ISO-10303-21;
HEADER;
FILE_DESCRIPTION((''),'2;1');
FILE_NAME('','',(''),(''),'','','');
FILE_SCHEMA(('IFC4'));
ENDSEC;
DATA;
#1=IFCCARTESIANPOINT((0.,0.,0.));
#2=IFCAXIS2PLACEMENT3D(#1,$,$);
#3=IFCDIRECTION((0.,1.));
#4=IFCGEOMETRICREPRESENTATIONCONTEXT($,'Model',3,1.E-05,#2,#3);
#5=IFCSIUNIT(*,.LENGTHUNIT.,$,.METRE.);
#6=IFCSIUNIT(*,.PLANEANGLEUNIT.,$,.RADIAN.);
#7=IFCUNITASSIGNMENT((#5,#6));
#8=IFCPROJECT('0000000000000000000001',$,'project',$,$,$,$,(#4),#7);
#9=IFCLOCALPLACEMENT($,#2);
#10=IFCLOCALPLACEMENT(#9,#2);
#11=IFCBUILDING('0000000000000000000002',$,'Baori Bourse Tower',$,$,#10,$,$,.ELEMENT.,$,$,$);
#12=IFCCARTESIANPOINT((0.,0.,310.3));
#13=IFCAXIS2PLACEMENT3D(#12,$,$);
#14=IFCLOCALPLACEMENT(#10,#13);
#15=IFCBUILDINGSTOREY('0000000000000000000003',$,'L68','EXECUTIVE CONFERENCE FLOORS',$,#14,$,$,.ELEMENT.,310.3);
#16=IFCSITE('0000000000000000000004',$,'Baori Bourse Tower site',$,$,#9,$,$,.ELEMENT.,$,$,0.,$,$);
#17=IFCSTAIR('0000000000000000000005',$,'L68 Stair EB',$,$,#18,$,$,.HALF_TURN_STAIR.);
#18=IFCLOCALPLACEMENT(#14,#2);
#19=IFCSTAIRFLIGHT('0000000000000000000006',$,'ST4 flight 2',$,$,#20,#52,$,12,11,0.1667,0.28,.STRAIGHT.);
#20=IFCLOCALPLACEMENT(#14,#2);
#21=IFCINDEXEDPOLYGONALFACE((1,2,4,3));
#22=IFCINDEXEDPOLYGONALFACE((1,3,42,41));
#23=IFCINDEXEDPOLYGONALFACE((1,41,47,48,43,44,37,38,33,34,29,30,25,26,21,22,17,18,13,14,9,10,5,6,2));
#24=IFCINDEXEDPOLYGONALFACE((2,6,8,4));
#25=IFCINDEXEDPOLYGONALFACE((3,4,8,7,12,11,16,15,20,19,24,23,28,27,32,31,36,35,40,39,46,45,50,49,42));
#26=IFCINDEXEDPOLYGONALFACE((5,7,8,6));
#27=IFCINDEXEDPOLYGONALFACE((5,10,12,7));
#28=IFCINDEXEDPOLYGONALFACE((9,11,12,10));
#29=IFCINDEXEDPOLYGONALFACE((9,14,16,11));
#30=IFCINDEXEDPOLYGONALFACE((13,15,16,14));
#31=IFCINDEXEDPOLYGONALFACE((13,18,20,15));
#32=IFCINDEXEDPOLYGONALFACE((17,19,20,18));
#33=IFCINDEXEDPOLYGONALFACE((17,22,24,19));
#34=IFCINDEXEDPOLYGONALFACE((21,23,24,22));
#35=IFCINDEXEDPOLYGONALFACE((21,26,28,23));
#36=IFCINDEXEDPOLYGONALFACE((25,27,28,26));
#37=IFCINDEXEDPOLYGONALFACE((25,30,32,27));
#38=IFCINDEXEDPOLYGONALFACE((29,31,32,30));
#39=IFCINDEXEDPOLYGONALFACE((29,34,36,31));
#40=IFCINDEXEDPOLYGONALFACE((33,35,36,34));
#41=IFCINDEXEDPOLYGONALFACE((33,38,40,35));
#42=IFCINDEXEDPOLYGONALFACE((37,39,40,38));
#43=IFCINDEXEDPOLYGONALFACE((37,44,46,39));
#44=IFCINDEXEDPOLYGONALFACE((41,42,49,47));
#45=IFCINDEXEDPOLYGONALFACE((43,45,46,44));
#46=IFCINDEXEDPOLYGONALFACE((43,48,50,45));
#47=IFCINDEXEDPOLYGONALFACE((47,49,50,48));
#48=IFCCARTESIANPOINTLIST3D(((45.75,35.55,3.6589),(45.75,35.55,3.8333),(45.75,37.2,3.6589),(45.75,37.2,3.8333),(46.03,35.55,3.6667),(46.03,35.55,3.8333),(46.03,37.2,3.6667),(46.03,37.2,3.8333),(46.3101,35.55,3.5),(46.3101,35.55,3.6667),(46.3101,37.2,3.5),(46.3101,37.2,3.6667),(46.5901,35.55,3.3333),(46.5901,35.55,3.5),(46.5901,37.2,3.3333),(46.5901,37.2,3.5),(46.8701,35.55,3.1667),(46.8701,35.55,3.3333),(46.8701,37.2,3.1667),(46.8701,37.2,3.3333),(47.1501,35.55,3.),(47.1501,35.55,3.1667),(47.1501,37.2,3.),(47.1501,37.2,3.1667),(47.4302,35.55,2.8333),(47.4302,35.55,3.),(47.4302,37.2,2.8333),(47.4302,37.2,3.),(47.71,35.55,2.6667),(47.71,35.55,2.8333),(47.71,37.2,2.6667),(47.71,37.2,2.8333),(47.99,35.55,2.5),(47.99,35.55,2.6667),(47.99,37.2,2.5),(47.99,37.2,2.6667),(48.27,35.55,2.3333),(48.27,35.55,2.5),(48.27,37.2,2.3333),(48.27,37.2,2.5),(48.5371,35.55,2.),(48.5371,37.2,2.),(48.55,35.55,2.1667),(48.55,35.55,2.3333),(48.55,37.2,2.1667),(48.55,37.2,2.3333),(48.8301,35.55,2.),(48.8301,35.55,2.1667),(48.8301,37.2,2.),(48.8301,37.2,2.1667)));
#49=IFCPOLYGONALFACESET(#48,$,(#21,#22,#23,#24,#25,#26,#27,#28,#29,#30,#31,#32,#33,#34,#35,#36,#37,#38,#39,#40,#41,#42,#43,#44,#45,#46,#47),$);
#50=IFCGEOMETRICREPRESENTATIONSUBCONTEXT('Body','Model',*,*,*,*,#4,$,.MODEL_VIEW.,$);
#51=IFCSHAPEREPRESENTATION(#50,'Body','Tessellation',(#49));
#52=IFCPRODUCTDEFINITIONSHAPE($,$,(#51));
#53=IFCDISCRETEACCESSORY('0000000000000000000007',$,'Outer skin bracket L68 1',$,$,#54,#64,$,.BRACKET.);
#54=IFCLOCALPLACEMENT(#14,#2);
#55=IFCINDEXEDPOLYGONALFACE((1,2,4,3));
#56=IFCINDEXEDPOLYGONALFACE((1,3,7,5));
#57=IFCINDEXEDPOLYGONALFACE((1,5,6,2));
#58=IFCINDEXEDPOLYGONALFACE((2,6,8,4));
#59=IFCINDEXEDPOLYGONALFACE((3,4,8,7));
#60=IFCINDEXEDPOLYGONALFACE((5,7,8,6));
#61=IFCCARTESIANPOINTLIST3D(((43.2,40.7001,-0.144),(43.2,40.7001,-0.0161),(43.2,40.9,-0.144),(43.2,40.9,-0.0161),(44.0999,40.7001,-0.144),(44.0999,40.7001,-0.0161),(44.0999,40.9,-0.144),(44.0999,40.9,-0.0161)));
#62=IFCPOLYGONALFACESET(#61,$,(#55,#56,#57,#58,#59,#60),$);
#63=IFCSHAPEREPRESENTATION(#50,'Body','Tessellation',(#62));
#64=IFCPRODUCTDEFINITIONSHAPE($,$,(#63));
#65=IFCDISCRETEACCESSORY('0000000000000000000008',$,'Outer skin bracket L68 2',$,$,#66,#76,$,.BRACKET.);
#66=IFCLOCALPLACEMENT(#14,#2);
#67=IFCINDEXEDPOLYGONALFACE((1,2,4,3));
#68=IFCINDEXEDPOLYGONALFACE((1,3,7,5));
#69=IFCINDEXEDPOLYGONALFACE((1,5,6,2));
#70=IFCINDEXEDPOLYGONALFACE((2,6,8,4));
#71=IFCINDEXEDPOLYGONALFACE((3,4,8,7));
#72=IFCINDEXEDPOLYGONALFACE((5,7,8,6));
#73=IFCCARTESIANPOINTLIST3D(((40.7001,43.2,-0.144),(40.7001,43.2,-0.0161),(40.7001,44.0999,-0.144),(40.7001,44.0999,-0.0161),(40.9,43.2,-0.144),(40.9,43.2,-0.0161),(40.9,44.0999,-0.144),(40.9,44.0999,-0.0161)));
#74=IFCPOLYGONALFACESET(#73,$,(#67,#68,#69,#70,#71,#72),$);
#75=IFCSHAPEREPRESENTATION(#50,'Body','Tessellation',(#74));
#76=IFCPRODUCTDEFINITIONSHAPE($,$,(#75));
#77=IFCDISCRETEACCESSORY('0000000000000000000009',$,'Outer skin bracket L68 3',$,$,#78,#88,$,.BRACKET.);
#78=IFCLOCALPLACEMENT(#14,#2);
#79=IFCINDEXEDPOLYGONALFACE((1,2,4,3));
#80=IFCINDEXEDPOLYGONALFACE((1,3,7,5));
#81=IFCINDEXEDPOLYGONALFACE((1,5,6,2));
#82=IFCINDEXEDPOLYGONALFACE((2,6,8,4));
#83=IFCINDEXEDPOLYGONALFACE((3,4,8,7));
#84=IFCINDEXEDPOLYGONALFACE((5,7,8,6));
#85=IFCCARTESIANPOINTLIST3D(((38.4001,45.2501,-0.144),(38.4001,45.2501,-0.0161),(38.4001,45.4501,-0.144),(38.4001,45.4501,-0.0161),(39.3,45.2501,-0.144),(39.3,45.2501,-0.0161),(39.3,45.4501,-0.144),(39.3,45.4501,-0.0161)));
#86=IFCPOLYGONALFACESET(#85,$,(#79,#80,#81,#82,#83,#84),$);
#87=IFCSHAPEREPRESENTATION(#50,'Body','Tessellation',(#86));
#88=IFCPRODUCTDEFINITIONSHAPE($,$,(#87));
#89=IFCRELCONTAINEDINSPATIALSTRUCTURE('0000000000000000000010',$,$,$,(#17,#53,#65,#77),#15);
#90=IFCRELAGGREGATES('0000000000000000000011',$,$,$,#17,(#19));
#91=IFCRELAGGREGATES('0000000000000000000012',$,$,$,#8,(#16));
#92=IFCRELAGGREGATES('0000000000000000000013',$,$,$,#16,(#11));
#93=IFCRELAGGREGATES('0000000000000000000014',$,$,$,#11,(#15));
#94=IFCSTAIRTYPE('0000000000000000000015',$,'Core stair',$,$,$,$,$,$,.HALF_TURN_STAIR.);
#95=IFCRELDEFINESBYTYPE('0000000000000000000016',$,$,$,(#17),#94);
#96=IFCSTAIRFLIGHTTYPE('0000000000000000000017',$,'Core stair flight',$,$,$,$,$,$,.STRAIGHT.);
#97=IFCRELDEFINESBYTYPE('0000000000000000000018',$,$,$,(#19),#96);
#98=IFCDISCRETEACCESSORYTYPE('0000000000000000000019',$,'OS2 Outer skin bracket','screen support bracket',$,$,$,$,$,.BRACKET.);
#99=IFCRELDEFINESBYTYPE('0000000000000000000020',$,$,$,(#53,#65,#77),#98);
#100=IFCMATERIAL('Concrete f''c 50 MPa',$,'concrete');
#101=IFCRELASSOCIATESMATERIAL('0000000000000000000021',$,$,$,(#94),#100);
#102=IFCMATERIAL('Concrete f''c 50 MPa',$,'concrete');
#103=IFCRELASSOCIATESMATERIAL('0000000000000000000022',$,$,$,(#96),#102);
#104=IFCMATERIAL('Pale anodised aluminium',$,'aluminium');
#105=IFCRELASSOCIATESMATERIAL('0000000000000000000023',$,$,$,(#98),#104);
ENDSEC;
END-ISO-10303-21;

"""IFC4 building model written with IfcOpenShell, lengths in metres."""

from ifc_helpers import new_model, si_unit, direction, frame, origin, origin_2d, place, context, subcontext, project, spatial, polyline, rectangle, outline, extrude, material, type_object, element, aggregate, save


model = new_model("IFC4")

# Units and contexts
model_context = context("Model", 3, precision=1e-05, world=origin(), true_north=direction((0.0, 1.0)))
body_context = subcontext(model_context, "Body", "Model", "MODEL_VIEW")
ifc_project = project(units=[si_unit("LENGTHUNIT", "METRE"), si_unit("PLANEANGLEUNIT", "RADIAN")], contexts=[model_context])

# Site, building, storey
site_placement = place(None, origin())
site = spatial("IfcSite", under=ifc_project, at=site_placement, Name="Baori Bourse Tower site", CompositionType="ELEMENT", RefElevation=0.0)
building_placement = place(site_placement, origin())
building = spatial("IfcBuilding", under=site, at=building_placement, Name="Baori Bourse Tower", CompositionType="ELEMENT")
storey_placement = place(building_placement, frame((0.0, 0.0, 310.3)))
storey = spatial("IfcBuildingStorey", under=building, at=storey_placement, Name="L68", Description="EXECUTIVE CONFERENCE FLOORS", CompositionType="ELEMENT", Elevation=310.3)

# Stair, stair flight
ifc_material_1 = material(Name="Concrete f'c 50 MPa", Category="concrete")
stair_type = type_object("IfcStairType", Name="Core stair", PredefinedType="HALF_TURN_STAIR", material=ifc_material_1)
stair_placement = place(storey_placement, origin())
stair = element("IfcStair", 1, at=stair_placement, inside=storey, type_object=stair_type, Name="L68 Stair EB", PredefinedType="HALF_TURN_STAIR")
ifc_material_2 = material(Name="Concrete f'c 50 MPa", Category="concrete")
stair_flight_type = type_object("IfcStairFlightType", Name="Core stair flight", PredefinedType="STRAIGHT", material=ifc_material_2)
stair_flight_placement = place(storey_placement, frame((48.8301, 36.375, 2.0), z_axis=(0.0, 0.0, 1.0), x_axis=(-1.0, 0.0, 0.0)))
stair_flight = element("IfcStairFlight", 2, at=stair_flight_placement, type_object=stair_flight_type, Name="ST4 flight 2", NumberOfRisers=12, NumberOfTreads=11, PredefinedType="STRAIGHT", RiserHeight=0.1667, TreadLength=0.28, context=body_context, shape_type="SweptSolid", body=[
    extrude(outline(polyline([(0.0, 0.0), (0.0, 0.1667), (0.28, 0.1667), (0.28, 0.3333), (0.5601, 0.3333), (0.5601, 0.5), (0.8401, 0.5), (0.8401, 0.6667), (1.1201, 0.6667), (1.1201, 0.8333), (1.3999, 0.8333), (1.3999, 1.0), (1.6799, 1.0), (1.6799, 1.1667), (1.96, 1.1667), (1.96, 1.3333), (2.24, 1.3333), (2.24, 1.5), (2.52, 1.5), (2.52, 1.6667), (2.8, 1.6667), (2.8, 1.8333), (3.0801, 1.8333), (3.0801, 2.0), (3.0801, 1.6589), (0.293, 0.0), (0.0, 0.0)])), frame((0.0, 0.825, 0.0), z_axis=(0.0, -1.0, 0.0), x_axis=(1.0, 0.0, 0.0)), (0.0, 0.0, 1.0), 1.6499),
])
aggregate(stair, [stair_flight])

# Discrete accessories
ifc_material_3 = material(Name="Pale anodised aluminium", Category="aluminium")
discrete_accessory_type = type_object("IfcDiscreteAccessoryType", Name="OS2 Outer skin bracket", Description="screen support bracket", PredefinedType="BRACKET", material=ifc_material_3)
for number, where, z_axis, x_axis, name in (
    (3, (43.6499, 40.8, -0.144), (0.0, 0.0, 1.0), (0.0, 1.0, 0.0), "Outer skin bracket L68 1"),
    (4, (40.8, 43.6499, -0.144), (0.0, 0.0, 1.0), (-1.0, 0.0, 0.0), "Outer skin bracket L68 2"),
    (5, (38.8501, 45.3501, -0.144), (0.0, 0.0, 1.0), (0.0, 1.0, 0.0), "Outer skin bracket L68 3"),
):
    element("IfcDiscreteAccessory", number, at=place(storey_placement, frame(where, z_axis=z_axis, x_axis=x_axis)), inside=storey, type_object=discrete_accessory_type, Name=name, PredefinedType="BRACKET", context=body_context, shape_type="SweptSolid", body=[
        extrude(rectangle(XDim=0.2, YDim=0.8999, at=origin_2d()), origin(), (0.0, 0.0, 1.0), 0.1279),
    ])

save(model, "model.ifc")
